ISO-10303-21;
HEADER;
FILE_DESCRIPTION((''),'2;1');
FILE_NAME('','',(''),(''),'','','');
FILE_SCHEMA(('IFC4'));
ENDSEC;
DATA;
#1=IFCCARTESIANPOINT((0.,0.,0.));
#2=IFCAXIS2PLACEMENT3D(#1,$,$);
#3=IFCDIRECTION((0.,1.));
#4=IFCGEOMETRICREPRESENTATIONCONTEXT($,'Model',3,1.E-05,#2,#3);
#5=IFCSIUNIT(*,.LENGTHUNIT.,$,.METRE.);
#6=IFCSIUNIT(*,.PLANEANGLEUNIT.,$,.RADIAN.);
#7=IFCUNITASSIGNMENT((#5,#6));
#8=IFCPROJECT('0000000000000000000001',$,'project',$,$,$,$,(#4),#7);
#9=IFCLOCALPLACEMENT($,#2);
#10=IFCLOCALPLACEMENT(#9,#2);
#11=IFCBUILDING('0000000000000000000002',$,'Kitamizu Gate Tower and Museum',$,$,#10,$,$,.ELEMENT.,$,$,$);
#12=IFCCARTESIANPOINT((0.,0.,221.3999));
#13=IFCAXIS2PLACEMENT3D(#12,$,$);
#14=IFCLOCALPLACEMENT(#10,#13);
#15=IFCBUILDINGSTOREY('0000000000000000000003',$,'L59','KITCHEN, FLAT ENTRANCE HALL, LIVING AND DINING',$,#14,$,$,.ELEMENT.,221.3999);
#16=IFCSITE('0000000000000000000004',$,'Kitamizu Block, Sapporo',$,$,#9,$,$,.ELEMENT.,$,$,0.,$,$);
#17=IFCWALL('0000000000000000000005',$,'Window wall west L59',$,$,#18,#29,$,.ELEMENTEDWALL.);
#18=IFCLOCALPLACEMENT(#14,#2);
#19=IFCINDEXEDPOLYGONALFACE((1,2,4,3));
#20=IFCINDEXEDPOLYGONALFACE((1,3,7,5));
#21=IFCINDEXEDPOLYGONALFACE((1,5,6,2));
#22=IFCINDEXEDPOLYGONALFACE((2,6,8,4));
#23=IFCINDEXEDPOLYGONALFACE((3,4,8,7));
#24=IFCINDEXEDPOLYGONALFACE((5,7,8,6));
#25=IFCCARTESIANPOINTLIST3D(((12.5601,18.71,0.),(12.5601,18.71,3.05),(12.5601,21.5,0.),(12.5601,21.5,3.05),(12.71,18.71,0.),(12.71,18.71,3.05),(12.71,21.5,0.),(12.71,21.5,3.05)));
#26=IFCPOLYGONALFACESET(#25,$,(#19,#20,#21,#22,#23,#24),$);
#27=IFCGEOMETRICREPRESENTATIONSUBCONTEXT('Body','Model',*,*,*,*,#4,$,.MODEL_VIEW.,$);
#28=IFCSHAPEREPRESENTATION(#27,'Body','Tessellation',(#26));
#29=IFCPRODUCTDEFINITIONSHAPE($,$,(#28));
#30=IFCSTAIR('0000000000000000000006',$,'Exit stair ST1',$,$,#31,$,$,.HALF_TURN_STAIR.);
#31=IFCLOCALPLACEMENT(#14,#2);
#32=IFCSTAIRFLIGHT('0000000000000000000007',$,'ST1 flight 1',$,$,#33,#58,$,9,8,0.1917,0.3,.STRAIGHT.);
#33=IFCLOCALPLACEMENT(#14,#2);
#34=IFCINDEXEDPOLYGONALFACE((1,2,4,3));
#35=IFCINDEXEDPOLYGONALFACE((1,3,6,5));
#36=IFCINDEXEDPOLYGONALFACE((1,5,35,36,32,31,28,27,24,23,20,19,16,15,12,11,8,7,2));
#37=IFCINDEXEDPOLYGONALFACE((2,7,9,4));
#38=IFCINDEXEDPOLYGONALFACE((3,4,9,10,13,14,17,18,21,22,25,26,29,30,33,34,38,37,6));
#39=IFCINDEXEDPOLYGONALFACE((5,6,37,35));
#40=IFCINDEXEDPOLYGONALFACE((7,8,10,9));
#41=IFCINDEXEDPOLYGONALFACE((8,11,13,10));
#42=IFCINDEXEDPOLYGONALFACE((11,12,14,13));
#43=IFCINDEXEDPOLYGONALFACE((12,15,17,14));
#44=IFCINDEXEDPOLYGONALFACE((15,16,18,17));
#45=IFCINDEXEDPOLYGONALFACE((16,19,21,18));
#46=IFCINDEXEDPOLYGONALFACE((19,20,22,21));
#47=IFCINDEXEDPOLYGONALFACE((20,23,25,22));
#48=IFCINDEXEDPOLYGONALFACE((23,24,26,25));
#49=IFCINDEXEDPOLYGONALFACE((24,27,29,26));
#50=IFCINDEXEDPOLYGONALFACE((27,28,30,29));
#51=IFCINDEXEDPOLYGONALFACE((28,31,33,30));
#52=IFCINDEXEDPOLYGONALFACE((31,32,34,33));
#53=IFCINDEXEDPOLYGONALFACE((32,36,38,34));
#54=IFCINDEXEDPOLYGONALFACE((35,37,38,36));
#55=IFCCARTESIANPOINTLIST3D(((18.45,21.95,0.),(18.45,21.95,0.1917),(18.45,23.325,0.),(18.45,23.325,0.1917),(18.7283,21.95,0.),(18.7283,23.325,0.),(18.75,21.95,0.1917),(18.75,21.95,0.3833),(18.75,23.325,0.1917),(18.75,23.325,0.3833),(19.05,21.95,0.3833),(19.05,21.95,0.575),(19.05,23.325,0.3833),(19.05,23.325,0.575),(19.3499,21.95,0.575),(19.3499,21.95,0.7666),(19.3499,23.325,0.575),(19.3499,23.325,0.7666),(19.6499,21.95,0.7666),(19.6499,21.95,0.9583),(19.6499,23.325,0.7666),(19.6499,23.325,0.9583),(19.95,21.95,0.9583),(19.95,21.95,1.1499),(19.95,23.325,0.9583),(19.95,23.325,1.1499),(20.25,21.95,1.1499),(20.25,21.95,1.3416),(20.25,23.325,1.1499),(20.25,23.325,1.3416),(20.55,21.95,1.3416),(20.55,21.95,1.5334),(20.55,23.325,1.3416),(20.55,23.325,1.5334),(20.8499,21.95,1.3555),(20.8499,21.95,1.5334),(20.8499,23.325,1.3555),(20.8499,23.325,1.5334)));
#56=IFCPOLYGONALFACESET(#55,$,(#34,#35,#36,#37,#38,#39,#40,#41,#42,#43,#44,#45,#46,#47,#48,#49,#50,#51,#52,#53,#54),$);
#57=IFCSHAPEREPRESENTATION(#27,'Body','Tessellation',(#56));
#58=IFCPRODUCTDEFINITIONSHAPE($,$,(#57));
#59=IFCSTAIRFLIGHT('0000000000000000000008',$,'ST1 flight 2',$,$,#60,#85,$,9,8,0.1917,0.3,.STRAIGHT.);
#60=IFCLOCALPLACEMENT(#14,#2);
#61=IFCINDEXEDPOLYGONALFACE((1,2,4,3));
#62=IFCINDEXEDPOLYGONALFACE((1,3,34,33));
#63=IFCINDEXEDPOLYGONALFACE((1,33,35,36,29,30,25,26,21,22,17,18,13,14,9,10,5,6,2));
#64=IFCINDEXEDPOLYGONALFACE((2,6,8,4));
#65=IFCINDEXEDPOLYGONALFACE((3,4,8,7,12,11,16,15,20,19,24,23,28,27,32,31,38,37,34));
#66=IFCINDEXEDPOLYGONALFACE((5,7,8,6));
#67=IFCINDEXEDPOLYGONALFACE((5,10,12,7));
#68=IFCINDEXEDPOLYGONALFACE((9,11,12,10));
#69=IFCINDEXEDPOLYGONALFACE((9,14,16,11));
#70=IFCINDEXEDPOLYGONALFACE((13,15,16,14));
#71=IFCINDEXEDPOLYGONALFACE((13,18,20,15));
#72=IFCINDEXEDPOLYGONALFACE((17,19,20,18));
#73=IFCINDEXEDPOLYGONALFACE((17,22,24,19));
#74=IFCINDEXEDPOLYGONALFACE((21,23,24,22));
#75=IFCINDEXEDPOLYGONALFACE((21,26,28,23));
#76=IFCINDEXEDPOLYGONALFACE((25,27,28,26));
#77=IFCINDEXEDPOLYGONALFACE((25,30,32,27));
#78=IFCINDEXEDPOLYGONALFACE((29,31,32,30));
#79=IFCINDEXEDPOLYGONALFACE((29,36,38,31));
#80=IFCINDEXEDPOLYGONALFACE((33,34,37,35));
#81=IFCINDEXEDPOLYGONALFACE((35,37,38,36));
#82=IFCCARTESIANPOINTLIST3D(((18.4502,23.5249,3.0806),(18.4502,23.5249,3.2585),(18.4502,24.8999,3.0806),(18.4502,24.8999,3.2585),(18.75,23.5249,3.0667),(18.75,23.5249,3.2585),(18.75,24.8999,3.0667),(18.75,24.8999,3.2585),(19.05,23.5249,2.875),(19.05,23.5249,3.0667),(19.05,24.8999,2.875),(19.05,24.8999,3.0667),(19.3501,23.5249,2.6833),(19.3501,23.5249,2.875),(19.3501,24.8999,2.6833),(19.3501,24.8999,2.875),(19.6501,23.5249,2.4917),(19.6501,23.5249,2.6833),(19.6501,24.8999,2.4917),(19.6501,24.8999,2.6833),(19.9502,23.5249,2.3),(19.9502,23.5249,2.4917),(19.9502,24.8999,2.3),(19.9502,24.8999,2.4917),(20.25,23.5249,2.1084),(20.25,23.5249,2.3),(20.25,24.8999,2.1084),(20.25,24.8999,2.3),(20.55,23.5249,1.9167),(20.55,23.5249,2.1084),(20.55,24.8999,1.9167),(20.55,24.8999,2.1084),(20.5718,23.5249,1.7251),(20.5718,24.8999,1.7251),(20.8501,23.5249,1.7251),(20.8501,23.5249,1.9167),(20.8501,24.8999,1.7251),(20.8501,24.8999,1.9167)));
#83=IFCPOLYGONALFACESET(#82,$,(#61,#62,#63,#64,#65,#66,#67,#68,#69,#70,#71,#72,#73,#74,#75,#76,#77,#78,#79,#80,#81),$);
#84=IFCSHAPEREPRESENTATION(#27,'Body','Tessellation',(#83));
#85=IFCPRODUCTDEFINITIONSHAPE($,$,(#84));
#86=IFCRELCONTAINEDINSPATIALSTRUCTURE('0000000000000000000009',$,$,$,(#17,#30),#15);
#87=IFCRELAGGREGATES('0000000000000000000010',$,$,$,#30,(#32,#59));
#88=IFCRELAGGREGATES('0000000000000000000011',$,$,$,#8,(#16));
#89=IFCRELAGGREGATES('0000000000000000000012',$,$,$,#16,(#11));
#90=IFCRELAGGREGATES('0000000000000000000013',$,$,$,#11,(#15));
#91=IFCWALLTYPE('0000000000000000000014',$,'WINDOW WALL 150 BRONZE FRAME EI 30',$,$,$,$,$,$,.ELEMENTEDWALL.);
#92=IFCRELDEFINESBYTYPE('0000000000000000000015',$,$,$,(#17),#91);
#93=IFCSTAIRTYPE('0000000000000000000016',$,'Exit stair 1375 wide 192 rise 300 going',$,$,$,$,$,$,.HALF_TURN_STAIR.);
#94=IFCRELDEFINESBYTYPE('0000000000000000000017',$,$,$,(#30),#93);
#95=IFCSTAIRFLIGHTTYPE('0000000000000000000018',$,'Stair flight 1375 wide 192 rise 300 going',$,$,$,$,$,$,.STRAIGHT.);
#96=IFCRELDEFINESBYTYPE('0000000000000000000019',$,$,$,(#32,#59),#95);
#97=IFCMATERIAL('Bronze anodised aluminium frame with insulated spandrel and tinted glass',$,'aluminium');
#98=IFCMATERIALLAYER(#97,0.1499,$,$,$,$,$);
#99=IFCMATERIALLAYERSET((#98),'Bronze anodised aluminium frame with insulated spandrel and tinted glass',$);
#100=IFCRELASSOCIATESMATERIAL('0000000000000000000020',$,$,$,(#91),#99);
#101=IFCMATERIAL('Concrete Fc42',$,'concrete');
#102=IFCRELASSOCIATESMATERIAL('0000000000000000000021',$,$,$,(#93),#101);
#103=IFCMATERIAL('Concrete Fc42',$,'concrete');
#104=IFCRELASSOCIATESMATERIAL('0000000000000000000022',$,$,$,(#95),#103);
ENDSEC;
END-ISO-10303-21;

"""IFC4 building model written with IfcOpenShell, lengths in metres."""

from ifc_helpers import new_model, si_unit, direction, frame, frame_2d, origin, place, context, subcontext, project, spatial, polyline, rectangle, outline, extrude, material, layer, layer_set, type_object, element, aggregate, save


model = new_model("IFC4")

# Units and contexts
model_context = context("Model", 3, precision=1e-05, world=origin(), true_north=direction((0.0, 1.0)))
body_context = subcontext(model_context, "Body", "Model", "MODEL_VIEW")
ifc_project = project(units=[si_unit("LENGTHUNIT", "METRE"), si_unit("PLANEANGLEUNIT", "RADIAN")], contexts=[model_context])

# Site, building, storey
site_placement = place(None, origin())
site = spatial("IfcSite", under=ifc_project, at=site_placement, Name="Kitamizu Block, Sapporo", CompositionType="ELEMENT", RefElevation=0.0)
building_placement = place(site_placement, origin())
building = spatial("IfcBuilding", under=site, at=building_placement, Name="Kitamizu Gate Tower and Museum", CompositionType="ELEMENT")
storey_placement = place(building_placement, frame((0.0, 0.0, 221.3999)))
storey = spatial("IfcBuildingStorey", under=building, at=storey_placement, Name="L59", Description="KITCHEN, FLAT ENTRANCE HALL, LIVING AND DINING", CompositionType="ELEMENT", Elevation=221.3999)

# Wall
ifc_material_1 = material(Name="Bronze anodised aluminium frame with insulated spandrel and tinted glass", Category="aluminium")
ifc_layer_1 = layer(ifc_material_1, 0.1499)
ifc_layer_set_1 = layer_set([ifc_layer_1], Name="Bronze anodised aluminium frame with insulated spandrel and tinted glass")
wall_type_1 = type_object("IfcWallType", Name="WINDOW WALL 150 BRONZE FRAME EI 30", PredefinedType="ELEMENTEDWALL", material=ifc_layer_set_1)
wall_1_placement = place(storey_placement, frame((12.635, 18.71, 0.0), z_axis=(0.0, 0.0, 1.0), x_axis=(0.0, 1.0, 0.0)))
element("IfcWall", 1, at=wall_1_placement, inside=storey, type_object=wall_type_1, Name="Window wall west L59", PredefinedType="ELEMENTEDWALL", context=body_context, shape_type="SweptSolid", body=[
    extrude(rectangle(XDim=2.79, YDim=0.1499, at=frame_2d((1.395, 0.0))), origin(), (0.0, 0.0, 1.0), 3.05),
])

# Stair, stair flights
ifc_material_2 = material(Name="Concrete Fc42", Category="concrete")
stair_type = type_object("IfcStairType", Name="Exit stair 1375 wide 192 rise 300 going", PredefinedType="HALF_TURN_STAIR", material=ifc_material_2)
stair_placement = place(storey_placement, origin())
stair = element("IfcStair", 2, at=stair_placement, inside=storey, type_object=stair_type, Name="Exit stair ST1", PredefinedType="HALF_TURN_STAIR")
ifc_material_3 = material(Name="Concrete Fc42", Category="concrete")
stair_flight_type = type_object("IfcStairFlightType", Name="Stair flight 1375 wide 192 rise 300 going", PredefinedType="STRAIGHT", material=ifc_material_3)
stair_flight_1_placement = place(storey_placement, frame((18.45, 22.6375, 0.0), z_axis=(0.0, 0.0, 1.0), x_axis=(1.0, 0.0, 0.0)))
stair_flight_1 = element("IfcStairFlight", 3, at=stair_flight_1_placement, type_object=stair_flight_type, Name="ST1 flight 1", NumberOfRisers=9, NumberOfTreads=8, PredefinedType="STRAIGHT", RiserHeight=0.1917, TreadLength=0.3, context=body_context, shape_type="SweptSolid", body=[
    extrude(outline(polyline([(0.0, 0.0), (0.0, 0.1917), (0.3, 0.1917), (0.3, 0.3833), (0.6001, 0.3833), (0.6001, 0.575), (0.8999, 0.575), (0.8999, 0.7666), (1.2, 0.7666), (1.2, 0.9583), (1.5, 0.9583), (1.5, 1.1499), (1.8, 1.1499), (1.8, 1.3416), (2.1001, 1.3416), (2.1001, 1.5334), (2.3999, 1.5334), (2.3999, 1.7251), (2.3999, 1.3555), (0.2783, 0.0), (0.0, 0.0)])), frame((0.0, 0.6875, 0.0), z_axis=(0.0, -1.0, 0.0), x_axis=(1.0, 0.0, 0.0)), (0.0, 0.0, 1.0), 1.375),
])
stair_flight_2_placement = place(storey_placement, frame((20.8501, 24.2124, 1.7251), z_axis=(0.0, 0.0, 1.0), x_axis=(-1.0, 0.0, 0.0)))
stair_flight_2 = element("IfcStairFlight", 4, at=stair_flight_2_placement, type_object=stair_flight_type, Name="ST1 flight 2", NumberOfRisers=9, NumberOfTreads=8, PredefinedType="STRAIGHT", RiserHeight=0.1917, TreadLength=0.3, context=body_context, shape_type="SweptSolid", body=[
    extrude(outline(polyline([(0.0, 0.0), (0.0, 0.1917), (0.3, 0.1917), (0.3, 0.3833), (0.6001, 0.3833), (0.6001, 0.575), (0.8999, 0.575), (0.8999, 0.7666), (1.2, 0.7666), (1.2, 0.9583), (1.5, 0.9583), (1.5, 1.1499), (1.8, 1.1499), (1.8, 1.3416), (2.1001, 1.3416), (2.1001, 1.5334), (2.3999, 1.5334), (2.3999, 1.7251), (2.3999, 1.3555), (0.2783, 0.0), (0.0, 0.0)])), frame((0.0, 0.6875, 0.0), z_axis=(0.0, -1.0, 0.0), x_axis=(1.0, 0.0, 0.0)), (0.0, 0.0, 1.0), 1.375),
])
aggregate(stair, [stair_flight_1, stair_flight_2])

save(model, "model.ifc")
